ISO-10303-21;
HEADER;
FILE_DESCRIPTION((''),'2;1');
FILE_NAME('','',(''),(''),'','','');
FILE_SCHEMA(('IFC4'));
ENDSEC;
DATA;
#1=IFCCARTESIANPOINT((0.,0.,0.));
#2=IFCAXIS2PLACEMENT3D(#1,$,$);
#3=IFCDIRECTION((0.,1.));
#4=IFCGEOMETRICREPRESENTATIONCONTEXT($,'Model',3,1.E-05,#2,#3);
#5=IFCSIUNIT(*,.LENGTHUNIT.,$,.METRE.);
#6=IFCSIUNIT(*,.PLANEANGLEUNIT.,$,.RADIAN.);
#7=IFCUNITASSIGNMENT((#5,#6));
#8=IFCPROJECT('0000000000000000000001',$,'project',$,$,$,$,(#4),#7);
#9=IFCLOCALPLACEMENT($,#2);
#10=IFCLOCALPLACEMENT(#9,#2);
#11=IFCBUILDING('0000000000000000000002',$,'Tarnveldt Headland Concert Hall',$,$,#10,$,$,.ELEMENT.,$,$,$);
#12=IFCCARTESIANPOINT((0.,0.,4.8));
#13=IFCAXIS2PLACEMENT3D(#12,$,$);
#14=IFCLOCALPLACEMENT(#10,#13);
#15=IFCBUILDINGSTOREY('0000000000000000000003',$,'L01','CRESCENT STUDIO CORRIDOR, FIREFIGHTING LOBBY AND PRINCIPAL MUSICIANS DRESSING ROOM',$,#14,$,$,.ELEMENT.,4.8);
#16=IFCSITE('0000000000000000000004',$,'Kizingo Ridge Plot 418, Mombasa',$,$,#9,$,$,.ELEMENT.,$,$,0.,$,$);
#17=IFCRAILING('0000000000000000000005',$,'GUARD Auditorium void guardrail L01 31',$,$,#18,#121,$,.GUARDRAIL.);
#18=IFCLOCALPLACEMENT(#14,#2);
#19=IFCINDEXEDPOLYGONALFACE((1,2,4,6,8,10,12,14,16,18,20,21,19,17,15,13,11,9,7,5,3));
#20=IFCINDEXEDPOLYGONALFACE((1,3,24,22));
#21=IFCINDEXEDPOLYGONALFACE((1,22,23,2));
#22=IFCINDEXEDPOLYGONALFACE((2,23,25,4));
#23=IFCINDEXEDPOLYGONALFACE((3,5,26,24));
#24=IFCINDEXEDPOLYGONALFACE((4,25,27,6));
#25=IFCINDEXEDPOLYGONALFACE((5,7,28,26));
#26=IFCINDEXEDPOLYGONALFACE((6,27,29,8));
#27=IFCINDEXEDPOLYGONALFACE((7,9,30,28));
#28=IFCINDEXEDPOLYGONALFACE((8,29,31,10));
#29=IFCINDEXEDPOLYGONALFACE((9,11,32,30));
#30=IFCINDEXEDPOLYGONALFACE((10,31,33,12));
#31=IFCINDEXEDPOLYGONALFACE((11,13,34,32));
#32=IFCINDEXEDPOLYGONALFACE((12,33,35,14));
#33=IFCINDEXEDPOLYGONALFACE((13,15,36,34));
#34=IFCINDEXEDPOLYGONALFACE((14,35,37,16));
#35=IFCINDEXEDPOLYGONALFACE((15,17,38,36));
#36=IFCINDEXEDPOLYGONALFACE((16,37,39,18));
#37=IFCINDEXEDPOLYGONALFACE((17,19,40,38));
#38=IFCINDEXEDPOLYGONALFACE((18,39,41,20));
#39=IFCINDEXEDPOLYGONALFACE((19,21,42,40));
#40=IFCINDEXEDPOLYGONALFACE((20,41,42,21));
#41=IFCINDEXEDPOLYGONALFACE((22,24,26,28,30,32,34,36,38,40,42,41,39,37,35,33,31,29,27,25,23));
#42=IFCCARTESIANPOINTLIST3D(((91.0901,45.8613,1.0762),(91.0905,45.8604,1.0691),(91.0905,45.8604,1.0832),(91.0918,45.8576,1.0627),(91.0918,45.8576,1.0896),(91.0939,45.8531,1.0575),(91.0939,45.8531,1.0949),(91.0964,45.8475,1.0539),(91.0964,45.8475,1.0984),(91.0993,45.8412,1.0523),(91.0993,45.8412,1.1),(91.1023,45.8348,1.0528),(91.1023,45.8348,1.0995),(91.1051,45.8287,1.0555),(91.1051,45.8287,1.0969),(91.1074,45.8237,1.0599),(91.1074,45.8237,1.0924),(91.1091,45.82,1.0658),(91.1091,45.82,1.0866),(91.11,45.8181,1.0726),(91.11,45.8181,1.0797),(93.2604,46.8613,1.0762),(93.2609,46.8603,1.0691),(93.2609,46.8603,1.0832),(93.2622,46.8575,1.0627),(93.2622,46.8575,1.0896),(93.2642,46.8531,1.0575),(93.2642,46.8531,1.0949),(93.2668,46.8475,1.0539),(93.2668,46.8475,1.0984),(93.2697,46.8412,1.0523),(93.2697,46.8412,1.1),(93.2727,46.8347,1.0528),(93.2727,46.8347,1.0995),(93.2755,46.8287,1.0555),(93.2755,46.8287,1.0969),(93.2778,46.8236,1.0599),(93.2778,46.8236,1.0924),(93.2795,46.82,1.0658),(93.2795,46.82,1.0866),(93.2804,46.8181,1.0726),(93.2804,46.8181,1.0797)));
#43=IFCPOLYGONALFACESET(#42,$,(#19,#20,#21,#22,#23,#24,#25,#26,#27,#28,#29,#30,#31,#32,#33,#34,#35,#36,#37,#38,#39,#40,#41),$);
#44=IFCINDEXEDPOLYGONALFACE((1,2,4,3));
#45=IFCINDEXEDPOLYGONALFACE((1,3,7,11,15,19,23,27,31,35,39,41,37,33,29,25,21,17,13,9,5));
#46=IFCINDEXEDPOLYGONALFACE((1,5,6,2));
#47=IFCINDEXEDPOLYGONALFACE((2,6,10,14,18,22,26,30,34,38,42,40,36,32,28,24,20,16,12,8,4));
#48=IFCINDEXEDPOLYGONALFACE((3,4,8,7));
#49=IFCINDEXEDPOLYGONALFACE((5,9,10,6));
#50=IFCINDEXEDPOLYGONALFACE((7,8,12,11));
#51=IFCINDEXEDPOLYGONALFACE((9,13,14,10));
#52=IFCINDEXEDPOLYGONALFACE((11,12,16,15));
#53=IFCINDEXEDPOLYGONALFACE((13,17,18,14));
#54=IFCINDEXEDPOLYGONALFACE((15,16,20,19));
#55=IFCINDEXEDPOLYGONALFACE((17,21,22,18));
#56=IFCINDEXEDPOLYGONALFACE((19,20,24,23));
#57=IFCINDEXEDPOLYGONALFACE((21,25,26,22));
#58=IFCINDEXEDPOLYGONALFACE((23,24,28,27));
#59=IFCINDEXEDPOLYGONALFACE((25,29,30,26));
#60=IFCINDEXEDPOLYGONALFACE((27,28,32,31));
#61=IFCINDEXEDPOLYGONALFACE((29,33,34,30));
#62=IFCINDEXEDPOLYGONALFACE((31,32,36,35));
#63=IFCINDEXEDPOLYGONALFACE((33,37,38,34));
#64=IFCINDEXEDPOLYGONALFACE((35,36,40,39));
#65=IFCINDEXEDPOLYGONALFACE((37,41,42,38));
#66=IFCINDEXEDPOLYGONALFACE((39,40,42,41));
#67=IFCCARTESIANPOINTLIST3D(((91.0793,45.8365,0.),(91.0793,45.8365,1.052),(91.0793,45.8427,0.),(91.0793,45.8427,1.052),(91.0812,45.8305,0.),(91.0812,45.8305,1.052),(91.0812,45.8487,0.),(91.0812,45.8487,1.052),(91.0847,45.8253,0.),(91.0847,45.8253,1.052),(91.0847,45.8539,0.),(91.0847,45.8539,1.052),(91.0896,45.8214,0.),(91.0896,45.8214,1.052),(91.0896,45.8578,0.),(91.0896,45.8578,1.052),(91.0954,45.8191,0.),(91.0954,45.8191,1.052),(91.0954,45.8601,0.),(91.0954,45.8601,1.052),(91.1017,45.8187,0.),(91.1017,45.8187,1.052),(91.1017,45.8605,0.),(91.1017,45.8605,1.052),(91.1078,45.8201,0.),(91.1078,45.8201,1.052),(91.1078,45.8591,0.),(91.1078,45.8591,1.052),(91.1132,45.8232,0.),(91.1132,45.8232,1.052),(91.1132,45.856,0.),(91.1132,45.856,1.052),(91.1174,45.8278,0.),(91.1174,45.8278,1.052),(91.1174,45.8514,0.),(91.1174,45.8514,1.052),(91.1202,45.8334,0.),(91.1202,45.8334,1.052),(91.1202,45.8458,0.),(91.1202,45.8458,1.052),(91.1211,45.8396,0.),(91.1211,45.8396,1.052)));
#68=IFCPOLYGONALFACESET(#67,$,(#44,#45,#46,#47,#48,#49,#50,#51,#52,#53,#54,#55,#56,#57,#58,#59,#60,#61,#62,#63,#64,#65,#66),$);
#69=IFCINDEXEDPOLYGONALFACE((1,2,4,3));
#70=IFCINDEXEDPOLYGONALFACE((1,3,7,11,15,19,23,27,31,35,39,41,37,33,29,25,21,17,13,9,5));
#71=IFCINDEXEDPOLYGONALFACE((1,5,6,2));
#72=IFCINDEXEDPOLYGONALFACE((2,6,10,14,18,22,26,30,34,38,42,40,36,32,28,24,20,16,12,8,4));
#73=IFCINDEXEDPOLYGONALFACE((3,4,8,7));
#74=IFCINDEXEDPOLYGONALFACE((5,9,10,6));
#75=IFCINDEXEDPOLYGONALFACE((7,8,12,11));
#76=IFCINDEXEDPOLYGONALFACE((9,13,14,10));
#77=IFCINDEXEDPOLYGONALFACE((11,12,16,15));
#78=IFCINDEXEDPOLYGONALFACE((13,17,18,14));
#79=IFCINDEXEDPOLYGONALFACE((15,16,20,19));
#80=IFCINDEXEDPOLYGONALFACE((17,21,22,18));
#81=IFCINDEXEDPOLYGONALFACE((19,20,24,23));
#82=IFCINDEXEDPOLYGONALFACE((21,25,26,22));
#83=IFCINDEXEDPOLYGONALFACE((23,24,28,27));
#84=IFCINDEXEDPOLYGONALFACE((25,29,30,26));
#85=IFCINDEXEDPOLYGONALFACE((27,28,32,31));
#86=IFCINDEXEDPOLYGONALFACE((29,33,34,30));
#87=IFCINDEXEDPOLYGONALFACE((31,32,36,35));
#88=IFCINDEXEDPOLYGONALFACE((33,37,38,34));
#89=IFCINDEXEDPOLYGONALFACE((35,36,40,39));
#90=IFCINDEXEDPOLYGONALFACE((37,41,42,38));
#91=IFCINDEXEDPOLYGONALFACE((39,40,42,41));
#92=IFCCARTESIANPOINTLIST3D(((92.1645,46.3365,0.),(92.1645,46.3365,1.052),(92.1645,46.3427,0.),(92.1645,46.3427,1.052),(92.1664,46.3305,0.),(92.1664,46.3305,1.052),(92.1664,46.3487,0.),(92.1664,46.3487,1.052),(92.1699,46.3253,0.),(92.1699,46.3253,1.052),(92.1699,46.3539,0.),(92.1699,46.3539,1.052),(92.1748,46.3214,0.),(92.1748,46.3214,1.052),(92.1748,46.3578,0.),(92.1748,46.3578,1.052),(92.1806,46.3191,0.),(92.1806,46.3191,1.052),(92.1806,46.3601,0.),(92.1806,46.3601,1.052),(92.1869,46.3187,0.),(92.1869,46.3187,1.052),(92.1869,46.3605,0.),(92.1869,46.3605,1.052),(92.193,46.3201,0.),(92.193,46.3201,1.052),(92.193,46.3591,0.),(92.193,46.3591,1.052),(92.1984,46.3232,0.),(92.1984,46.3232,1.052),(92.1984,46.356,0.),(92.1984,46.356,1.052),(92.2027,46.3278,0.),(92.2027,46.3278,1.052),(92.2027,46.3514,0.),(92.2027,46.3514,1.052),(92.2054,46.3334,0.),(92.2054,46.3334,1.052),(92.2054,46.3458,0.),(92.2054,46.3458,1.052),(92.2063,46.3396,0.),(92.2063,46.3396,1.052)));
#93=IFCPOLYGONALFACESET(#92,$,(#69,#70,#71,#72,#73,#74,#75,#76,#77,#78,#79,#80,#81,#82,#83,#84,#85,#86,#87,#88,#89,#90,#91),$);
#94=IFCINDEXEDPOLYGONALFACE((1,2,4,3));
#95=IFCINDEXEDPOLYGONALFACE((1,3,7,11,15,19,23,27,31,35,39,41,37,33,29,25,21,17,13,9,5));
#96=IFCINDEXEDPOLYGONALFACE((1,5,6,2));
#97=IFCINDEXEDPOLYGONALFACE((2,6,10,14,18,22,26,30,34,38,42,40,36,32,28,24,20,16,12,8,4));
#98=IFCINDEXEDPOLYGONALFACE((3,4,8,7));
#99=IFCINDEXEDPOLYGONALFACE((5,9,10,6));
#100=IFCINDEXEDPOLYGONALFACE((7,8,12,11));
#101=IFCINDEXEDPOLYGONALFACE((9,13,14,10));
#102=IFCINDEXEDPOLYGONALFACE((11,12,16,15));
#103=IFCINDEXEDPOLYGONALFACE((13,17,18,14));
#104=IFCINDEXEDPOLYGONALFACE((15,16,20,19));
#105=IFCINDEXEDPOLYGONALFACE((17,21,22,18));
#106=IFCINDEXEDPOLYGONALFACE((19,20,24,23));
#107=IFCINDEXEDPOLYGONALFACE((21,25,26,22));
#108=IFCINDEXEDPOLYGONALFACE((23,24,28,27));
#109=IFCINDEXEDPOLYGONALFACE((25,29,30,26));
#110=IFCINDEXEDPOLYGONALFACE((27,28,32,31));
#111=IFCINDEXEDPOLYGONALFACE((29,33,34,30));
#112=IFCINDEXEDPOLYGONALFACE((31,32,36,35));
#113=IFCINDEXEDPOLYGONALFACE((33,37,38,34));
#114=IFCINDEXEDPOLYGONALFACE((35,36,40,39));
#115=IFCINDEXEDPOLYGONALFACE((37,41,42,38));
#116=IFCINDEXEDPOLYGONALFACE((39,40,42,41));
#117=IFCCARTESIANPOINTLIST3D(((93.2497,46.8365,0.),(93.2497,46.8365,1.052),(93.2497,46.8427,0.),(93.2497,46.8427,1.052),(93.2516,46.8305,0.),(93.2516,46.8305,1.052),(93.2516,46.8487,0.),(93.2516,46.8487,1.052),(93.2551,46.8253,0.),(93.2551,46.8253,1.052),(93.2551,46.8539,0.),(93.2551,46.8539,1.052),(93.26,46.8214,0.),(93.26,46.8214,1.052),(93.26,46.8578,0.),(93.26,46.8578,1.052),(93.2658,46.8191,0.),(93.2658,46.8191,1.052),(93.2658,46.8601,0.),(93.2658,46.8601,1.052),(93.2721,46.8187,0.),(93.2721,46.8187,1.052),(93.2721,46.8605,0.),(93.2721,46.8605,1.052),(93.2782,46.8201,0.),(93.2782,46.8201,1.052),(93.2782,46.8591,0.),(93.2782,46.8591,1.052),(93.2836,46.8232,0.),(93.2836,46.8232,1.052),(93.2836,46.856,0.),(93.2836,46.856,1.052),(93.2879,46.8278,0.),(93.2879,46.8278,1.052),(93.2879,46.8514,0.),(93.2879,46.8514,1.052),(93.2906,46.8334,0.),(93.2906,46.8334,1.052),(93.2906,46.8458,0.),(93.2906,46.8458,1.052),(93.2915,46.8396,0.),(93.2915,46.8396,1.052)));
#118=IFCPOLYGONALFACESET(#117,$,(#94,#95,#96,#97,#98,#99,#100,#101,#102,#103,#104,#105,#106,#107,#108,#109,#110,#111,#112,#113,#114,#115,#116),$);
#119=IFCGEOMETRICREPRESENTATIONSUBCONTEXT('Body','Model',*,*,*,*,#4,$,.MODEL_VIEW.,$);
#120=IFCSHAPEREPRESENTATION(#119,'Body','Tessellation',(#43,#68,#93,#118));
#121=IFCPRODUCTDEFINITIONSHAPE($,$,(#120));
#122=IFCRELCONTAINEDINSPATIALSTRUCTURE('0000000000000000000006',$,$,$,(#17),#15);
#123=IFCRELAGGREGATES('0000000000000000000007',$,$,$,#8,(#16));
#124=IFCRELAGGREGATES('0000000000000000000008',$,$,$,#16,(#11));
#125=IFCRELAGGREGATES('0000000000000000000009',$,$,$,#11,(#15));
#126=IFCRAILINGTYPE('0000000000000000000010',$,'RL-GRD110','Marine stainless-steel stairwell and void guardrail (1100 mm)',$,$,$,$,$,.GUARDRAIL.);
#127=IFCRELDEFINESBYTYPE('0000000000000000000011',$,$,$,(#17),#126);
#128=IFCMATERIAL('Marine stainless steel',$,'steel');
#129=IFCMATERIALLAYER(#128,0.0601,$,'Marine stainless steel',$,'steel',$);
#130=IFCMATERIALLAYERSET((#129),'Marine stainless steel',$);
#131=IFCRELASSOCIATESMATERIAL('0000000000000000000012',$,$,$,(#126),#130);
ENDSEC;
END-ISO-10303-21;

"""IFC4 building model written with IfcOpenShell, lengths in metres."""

from ifc_helpers import new_model, si_unit, direction, frame, origin, origin_2d, place, context, subcontext, project, spatial, circle, extrude, material, layer, layer_set, type_object, element, save


model = new_model("IFC4")

# Units and contexts
model_context = context("Model", 3, precision=1e-05, world=origin(), true_north=direction((0.0, 1.0)))
body_context = subcontext(model_context, "Body", "Model", "MODEL_VIEW")
ifc_project = project(units=[si_unit("LENGTHUNIT", "METRE"), si_unit("PLANEANGLEUNIT", "RADIAN")], contexts=[model_context])

# Site, building, storey
site_placement = place(None, origin())
site = spatial("IfcSite", under=ifc_project, at=site_placement, Name="Kizingo Ridge Plot 418, Mombasa", CompositionType="ELEMENT", RefElevation=0.0)
building_placement = place(site_placement, origin())
building = spatial("IfcBuilding", under=site, at=building_placement, Name="Tarnveldt Headland Concert Hall", CompositionType="ELEMENT")
storey_placement = place(building_placement, frame((0.0, 0.0, 4.8)))
storey = spatial("IfcBuildingStorey", under=building, at=storey_placement, Name="L01", Description="CRESCENT STUDIO CORRIDOR, FIREFIGHTING LOBBY AND PRINCIPAL MUSICIANS DRESSING ROOM", CompositionType="ELEMENT", Elevation=4.8)

# Railing
ifc_material_1 = material(Name="Marine stainless steel", Category="steel")
ifc_layer_1 = layer(ifc_material_1, 0.0601, Name="Marine stainless steel", Category="steel")
ifc_layer_set_1 = layer_set([ifc_layer_1], Name="Marine stainless steel")
railing_type = type_object("IfcRailingType", Name="RL-GRD110", Description="Marine stainless-steel stairwell and void guardrail (1100 mm)", PredefinedType="GUARDRAIL", material=ifc_layer_set_1)
railing_1_placement = place(storey_placement, frame((91.1001, 45.8396, 0.0)))
element("IfcRailing", 1, at=railing_1_placement, inside=storey, type_object=railing_type, Name="GUARD Auditorium void guardrail L01 31", PredefinedType="GUARDRAIL", context=body_context, shape_type="SweptSolid", body=[
    extrude(circle(Radius=0.0239, at=origin_2d()), frame((0.0, 0.0, 1.0762), z_axis=(0.908234, 0.418462, 0.0), x_axis=(-0.418462, 0.908234, 0.0)), (0.0, 0.0, 1.0), 2.3896),
    extrude(circle(Radius=0.021, at=origin_2d()), origin(), (0.0, 0.0, 1.0), 1.052),
    extrude(circle(Radius=0.021, at=origin_2d()), frame((1.0852, 0.5, 0.0)), (0.0, 0.0, 1.0), 1.052),
    extrude(circle(Radius=0.021, at=origin_2d()), frame((2.1704, 1.0, 0.0)), (0.0, 0.0, 1.0), 1.052),
])

save(model, "model.ifc")
